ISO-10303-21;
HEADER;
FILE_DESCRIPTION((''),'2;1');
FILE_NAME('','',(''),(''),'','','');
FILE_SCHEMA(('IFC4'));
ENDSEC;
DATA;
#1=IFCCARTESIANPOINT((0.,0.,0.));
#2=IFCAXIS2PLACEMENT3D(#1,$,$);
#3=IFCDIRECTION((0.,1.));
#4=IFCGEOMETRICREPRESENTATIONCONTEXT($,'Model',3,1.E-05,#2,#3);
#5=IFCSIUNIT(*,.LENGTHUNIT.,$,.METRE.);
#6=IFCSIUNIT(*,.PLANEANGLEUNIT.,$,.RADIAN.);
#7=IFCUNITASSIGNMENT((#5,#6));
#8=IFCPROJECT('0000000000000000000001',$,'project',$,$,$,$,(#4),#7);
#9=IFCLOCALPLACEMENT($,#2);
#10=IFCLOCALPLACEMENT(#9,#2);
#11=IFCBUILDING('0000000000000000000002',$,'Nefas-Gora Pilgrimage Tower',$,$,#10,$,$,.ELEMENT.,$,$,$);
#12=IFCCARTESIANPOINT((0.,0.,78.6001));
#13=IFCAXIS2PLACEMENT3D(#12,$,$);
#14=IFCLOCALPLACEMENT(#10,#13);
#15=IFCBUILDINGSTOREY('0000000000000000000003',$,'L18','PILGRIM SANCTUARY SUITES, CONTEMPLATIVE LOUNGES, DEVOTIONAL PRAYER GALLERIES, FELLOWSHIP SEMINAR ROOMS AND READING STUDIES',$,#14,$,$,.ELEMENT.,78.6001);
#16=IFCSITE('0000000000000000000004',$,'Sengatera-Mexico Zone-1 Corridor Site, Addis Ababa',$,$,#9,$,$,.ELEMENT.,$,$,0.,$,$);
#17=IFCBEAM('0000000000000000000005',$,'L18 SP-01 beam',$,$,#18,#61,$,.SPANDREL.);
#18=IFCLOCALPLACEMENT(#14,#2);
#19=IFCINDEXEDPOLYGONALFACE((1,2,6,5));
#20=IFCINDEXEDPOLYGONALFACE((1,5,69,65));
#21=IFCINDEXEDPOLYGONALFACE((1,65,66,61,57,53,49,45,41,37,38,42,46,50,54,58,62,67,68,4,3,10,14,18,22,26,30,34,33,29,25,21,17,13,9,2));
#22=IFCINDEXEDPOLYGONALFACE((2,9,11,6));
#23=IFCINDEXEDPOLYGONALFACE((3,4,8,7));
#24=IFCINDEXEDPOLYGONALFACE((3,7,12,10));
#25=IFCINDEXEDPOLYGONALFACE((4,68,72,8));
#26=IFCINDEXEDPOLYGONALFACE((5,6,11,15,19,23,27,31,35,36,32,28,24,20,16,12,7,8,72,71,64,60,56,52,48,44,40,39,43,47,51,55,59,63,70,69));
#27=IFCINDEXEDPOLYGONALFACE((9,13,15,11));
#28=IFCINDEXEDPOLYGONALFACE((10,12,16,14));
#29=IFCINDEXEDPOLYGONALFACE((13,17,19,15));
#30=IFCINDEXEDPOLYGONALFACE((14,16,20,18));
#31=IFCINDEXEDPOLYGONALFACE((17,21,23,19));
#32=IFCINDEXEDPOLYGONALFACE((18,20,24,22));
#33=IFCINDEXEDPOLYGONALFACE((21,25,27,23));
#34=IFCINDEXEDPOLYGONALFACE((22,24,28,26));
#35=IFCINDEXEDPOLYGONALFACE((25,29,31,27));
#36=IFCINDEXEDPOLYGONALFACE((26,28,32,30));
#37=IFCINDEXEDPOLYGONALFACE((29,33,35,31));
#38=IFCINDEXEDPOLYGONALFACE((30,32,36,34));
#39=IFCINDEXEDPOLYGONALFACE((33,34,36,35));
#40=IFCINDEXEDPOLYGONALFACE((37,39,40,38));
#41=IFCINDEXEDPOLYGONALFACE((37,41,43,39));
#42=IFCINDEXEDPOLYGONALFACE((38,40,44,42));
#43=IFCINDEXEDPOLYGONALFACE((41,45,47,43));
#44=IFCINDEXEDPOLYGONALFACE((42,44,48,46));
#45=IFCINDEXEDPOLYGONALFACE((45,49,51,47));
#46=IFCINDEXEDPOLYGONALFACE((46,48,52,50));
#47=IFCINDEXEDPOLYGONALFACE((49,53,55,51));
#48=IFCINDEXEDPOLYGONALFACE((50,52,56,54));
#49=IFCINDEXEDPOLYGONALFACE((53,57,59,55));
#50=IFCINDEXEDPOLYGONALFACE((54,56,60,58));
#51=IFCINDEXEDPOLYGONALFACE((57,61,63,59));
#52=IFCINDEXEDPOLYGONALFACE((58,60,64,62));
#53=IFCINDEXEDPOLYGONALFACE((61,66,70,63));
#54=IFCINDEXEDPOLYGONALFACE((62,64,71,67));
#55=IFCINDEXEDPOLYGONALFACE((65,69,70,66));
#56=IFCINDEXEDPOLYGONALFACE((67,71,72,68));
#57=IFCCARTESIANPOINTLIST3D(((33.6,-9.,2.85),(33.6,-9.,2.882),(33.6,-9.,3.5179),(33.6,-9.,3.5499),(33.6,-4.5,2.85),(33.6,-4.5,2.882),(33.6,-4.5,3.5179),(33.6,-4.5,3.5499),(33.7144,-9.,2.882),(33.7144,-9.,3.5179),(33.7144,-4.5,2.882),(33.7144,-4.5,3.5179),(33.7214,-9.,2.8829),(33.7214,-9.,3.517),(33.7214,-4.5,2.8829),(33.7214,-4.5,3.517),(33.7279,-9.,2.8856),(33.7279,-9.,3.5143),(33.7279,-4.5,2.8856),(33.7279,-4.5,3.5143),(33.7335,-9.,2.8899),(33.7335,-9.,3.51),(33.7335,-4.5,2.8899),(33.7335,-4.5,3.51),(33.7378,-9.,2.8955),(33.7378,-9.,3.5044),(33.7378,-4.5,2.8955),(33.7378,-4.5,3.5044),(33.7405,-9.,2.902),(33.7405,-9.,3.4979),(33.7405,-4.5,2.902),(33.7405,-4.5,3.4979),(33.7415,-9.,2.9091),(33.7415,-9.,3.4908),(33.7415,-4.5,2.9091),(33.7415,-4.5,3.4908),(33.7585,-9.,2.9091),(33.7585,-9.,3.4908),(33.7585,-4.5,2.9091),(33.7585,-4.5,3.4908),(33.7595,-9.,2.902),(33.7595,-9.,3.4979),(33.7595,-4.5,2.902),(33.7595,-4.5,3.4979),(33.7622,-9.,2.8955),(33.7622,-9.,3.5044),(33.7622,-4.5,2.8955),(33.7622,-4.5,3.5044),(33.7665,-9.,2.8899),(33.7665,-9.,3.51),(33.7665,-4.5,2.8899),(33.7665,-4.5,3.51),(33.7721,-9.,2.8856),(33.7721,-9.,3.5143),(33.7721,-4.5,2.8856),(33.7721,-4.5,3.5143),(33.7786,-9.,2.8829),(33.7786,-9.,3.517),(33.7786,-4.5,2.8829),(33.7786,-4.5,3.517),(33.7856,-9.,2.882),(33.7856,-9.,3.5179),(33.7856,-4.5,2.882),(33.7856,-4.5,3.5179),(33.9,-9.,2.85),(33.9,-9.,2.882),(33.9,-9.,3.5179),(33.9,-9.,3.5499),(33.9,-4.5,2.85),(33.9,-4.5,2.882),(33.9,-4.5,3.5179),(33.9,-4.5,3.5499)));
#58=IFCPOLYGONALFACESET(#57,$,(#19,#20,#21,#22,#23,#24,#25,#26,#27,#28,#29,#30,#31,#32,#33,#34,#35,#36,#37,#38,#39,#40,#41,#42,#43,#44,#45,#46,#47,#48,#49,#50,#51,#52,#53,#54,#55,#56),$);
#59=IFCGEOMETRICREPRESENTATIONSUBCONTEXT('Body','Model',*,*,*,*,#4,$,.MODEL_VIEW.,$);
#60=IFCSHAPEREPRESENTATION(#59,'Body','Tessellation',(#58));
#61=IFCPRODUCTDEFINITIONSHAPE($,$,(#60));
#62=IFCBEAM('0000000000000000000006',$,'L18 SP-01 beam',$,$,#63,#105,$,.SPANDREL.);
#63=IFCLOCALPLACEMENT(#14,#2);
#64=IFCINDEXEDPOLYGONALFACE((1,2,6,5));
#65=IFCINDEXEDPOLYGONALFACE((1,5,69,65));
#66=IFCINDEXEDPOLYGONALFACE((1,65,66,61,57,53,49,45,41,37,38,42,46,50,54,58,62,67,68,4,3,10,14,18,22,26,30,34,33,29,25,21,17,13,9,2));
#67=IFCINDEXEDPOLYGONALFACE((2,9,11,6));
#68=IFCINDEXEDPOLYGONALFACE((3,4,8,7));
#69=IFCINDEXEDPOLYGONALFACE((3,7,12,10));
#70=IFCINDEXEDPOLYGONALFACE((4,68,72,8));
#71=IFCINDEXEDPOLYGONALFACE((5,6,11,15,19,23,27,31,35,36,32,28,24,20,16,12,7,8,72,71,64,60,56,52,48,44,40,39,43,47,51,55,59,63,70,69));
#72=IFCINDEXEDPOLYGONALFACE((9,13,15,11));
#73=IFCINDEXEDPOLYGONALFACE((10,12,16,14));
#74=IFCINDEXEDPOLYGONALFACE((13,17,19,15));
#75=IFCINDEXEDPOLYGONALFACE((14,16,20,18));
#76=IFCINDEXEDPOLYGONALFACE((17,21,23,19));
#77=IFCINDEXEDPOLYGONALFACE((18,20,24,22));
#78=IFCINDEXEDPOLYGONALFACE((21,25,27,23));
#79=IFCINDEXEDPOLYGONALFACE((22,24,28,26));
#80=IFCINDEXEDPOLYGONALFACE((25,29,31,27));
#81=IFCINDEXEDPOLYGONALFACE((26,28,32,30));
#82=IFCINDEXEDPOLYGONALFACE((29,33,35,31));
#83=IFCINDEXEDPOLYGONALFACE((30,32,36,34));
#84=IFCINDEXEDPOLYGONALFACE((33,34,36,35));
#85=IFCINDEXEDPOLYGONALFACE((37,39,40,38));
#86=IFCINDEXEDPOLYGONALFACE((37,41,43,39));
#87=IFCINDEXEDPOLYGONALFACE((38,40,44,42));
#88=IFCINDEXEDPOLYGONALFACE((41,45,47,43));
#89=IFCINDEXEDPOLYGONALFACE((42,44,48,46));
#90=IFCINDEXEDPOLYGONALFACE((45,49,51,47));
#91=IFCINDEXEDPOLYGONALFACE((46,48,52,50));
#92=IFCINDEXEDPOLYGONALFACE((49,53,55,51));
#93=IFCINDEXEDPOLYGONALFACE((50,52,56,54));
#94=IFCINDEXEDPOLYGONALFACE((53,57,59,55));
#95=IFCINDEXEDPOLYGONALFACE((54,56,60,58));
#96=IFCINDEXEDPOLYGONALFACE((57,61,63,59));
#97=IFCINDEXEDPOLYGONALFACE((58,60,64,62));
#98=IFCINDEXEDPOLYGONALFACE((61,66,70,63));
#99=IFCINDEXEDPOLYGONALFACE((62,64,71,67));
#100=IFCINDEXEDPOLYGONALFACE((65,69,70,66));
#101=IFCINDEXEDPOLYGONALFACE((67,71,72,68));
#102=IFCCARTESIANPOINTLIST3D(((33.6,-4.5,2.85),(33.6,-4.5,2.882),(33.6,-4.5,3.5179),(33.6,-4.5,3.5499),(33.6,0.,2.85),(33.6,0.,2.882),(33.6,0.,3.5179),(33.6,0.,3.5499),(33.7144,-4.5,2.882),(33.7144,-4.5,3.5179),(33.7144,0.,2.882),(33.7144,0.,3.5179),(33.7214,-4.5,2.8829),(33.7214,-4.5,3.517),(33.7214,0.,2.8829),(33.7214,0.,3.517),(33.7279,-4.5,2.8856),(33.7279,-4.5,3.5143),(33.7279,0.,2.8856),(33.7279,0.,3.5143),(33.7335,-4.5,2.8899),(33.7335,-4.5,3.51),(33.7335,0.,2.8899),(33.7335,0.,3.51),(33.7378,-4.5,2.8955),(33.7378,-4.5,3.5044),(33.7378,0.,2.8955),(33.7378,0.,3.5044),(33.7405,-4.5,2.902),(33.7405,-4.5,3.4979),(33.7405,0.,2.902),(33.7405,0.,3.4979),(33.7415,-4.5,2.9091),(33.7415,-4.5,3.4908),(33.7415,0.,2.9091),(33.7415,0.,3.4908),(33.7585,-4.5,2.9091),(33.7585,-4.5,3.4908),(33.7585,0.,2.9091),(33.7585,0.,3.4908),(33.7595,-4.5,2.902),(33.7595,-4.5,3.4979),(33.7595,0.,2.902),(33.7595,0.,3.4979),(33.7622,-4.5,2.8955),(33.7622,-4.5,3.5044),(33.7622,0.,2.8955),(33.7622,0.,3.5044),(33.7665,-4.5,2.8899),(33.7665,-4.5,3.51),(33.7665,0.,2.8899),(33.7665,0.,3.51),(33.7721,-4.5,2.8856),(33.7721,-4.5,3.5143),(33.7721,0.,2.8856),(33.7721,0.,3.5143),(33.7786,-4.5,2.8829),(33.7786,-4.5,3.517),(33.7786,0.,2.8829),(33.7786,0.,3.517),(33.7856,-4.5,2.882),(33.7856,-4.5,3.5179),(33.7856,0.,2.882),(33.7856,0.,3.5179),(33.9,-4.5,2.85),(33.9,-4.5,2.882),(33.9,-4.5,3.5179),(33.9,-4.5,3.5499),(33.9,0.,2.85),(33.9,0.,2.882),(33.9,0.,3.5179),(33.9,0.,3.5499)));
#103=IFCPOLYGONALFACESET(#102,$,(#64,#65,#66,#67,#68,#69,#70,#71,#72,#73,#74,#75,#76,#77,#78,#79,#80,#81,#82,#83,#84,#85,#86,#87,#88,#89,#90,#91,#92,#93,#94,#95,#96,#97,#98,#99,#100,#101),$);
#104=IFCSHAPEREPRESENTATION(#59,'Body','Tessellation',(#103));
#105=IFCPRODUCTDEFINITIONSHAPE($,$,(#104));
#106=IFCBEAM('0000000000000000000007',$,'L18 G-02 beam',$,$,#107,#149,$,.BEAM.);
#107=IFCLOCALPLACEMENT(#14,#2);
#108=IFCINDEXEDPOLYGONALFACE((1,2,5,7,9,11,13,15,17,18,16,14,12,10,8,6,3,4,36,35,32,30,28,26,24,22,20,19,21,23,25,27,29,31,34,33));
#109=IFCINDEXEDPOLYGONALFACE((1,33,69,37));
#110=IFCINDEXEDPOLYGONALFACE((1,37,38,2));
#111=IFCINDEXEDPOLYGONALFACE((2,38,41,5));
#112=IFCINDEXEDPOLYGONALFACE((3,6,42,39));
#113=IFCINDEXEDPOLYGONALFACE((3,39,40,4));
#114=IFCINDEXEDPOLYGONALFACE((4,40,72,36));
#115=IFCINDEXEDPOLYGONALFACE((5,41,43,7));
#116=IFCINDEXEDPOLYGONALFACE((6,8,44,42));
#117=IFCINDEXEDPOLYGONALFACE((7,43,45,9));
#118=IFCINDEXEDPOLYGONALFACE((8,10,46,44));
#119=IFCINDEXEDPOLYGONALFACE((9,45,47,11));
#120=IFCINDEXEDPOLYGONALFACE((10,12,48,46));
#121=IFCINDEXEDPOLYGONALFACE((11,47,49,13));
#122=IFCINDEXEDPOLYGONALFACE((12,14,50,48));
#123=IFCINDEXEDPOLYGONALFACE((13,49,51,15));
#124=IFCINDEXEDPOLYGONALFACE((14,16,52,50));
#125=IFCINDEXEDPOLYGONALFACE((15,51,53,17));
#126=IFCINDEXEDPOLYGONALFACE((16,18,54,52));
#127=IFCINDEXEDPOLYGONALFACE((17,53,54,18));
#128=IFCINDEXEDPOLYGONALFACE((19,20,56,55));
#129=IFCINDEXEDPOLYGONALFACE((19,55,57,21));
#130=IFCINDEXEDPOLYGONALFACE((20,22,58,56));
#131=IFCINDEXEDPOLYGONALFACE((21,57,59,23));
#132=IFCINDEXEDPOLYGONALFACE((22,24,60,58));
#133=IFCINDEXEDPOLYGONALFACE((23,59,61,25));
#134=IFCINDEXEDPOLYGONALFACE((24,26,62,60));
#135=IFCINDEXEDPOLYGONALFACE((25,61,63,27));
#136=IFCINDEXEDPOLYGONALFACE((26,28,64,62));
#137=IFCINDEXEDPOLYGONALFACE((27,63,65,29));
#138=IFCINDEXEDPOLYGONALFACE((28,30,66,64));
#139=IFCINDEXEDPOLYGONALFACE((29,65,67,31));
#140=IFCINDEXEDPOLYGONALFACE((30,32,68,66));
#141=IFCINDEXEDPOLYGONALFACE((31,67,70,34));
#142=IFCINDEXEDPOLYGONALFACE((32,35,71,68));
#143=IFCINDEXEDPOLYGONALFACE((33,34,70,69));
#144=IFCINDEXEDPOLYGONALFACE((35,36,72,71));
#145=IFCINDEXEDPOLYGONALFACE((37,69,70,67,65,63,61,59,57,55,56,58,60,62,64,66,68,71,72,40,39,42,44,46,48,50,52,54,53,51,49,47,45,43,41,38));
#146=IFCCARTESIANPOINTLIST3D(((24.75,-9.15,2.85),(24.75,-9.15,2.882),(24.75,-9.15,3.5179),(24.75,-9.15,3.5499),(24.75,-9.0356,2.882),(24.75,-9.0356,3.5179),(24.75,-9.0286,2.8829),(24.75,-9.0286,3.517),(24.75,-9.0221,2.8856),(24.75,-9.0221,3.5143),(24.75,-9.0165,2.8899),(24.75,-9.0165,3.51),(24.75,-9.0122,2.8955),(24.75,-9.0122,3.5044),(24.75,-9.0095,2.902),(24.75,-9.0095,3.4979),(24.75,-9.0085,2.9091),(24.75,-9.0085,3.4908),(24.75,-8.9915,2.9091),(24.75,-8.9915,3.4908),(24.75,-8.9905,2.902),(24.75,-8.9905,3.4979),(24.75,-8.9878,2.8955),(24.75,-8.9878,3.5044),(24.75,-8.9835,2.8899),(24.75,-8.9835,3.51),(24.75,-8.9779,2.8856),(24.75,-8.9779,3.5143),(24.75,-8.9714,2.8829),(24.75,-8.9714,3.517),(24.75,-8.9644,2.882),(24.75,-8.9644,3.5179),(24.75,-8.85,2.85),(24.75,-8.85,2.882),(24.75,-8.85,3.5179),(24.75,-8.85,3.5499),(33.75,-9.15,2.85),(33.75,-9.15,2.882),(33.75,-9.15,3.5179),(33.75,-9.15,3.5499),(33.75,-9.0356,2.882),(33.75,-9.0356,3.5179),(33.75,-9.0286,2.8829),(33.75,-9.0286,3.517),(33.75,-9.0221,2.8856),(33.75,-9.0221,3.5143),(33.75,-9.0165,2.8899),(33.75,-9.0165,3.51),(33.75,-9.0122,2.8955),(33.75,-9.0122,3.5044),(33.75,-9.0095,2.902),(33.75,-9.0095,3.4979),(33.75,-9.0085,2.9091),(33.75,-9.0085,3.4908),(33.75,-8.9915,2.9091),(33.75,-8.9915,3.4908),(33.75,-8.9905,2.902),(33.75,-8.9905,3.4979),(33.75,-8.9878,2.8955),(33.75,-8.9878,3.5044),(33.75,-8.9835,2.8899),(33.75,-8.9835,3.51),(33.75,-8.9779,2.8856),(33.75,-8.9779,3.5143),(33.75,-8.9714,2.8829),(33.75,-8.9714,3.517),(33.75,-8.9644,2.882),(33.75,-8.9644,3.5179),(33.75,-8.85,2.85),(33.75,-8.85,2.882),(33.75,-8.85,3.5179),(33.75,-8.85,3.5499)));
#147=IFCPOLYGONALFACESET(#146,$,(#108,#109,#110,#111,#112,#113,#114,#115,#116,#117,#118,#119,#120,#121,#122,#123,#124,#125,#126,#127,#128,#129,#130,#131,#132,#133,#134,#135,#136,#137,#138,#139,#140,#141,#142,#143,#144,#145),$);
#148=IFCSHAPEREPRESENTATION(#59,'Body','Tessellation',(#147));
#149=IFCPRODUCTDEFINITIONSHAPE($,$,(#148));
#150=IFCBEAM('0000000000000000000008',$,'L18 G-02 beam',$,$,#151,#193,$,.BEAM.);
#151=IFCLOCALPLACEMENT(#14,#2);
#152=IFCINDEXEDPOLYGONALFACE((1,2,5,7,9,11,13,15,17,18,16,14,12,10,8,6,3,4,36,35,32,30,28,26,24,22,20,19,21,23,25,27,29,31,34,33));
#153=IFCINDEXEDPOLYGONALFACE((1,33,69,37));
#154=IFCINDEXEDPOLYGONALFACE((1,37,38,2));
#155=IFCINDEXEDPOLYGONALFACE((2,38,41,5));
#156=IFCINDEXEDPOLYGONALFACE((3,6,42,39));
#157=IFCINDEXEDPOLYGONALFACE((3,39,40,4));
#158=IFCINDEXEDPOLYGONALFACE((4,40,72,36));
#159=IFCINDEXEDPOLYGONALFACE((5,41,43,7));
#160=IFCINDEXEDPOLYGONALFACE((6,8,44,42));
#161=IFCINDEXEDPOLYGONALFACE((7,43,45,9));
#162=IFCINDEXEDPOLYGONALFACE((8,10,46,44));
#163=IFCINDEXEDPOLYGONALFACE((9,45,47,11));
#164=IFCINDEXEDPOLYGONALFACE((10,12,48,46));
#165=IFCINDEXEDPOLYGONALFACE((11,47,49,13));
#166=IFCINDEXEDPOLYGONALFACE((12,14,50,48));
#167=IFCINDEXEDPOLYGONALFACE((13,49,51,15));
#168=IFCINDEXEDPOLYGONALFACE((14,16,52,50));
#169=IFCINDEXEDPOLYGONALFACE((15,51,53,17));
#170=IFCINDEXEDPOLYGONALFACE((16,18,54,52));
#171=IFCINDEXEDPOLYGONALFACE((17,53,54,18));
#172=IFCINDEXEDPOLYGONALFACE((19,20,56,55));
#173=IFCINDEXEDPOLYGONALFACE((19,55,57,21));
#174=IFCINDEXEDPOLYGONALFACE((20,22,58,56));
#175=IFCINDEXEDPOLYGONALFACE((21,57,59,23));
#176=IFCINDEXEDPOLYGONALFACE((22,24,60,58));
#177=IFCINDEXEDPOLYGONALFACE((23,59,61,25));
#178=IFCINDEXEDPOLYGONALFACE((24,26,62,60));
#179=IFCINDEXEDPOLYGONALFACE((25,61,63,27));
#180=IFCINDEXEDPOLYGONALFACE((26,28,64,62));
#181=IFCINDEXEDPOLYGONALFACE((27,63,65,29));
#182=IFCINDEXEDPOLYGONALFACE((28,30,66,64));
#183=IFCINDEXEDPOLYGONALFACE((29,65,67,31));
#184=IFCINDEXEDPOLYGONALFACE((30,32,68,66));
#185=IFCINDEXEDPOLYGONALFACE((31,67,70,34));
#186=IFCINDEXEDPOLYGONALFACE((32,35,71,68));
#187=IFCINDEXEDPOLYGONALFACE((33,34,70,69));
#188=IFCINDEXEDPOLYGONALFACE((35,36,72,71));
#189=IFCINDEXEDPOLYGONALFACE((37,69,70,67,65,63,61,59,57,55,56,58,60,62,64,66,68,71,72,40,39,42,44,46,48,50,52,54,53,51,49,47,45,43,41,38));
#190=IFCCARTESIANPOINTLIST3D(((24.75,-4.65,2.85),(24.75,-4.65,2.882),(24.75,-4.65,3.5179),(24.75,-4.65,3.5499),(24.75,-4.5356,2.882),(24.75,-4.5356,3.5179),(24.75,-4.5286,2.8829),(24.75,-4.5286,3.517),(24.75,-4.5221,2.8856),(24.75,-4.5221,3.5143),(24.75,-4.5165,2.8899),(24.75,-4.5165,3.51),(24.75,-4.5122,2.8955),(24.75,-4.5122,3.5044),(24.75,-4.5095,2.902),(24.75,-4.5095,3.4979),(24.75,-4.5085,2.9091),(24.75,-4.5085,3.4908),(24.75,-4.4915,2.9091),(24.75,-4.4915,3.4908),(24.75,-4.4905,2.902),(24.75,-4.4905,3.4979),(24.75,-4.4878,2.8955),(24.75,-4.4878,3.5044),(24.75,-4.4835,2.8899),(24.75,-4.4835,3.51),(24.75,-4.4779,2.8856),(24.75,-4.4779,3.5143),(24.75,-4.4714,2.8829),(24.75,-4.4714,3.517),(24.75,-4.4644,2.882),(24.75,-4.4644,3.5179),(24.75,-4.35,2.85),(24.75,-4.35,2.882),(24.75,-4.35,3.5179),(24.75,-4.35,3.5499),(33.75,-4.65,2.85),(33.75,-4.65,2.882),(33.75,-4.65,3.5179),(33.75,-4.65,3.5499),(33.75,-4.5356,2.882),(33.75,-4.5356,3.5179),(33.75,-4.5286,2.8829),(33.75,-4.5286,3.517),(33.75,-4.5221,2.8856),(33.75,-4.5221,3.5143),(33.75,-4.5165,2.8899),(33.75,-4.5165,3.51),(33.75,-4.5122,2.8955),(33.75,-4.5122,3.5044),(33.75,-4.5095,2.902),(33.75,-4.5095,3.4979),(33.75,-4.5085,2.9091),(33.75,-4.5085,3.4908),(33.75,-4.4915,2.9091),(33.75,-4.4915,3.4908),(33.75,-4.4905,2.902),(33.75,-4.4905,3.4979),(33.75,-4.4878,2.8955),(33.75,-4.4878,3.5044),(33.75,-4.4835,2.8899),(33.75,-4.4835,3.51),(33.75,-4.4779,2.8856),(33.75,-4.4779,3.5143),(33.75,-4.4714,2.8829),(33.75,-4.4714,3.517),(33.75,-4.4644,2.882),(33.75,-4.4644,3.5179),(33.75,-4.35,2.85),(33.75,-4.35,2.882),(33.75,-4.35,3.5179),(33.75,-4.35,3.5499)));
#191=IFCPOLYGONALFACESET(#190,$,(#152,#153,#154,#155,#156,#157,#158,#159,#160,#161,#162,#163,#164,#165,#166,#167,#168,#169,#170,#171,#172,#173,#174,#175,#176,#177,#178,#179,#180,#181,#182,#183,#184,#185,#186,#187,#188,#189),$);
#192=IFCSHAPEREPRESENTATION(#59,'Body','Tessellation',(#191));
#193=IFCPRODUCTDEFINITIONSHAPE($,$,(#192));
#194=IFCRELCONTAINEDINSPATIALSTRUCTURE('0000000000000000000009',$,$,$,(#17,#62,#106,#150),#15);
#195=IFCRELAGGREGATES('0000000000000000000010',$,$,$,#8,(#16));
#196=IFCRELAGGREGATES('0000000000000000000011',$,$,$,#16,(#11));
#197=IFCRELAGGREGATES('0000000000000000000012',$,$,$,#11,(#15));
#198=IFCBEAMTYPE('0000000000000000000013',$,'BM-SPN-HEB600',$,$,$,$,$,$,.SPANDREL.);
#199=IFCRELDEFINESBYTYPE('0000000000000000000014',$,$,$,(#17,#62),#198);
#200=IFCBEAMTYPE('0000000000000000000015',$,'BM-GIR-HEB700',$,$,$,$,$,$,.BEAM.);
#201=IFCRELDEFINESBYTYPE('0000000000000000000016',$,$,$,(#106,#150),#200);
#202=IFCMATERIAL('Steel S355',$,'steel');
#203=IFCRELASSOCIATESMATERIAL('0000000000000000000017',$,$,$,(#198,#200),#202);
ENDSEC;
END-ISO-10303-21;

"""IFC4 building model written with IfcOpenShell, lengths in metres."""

from ifc_helpers import new_model, si_unit, direction, frame, origin, origin_2d, place, context, subcontext, project, spatial, i_section, extrude, source, transform, mapped, material, material_profile, profile_set, type_object, element, save


model = new_model("IFC4")

# Units and contexts
model_context = context("Model", 3, precision=1e-05, world=origin(), true_north=direction((0.0, 1.0)))
body_context = subcontext(model_context, "Body", "Model", "MODEL_VIEW")
ifc_project = project(units=[si_unit("LENGTHUNIT", "METRE"), si_unit("PLANEANGLEUNIT", "RADIAN")], contexts=[model_context])

# Site, building, storey
site_placement = place(None, origin())
site = spatial("IfcSite", under=ifc_project, at=site_placement, Name="Sengatera-Mexico Zone-1 Corridor Site, Addis Ababa", CompositionType="ELEMENT", RefElevation=0.0)
building_placement = place(site_placement, origin())
building = spatial("IfcBuilding", under=site, at=building_placement, Name="Nefas-Gora Pilgrimage Tower", CompositionType="ELEMENT")
storey_placement = place(building_placement, frame((0.0, 0.0, 78.6001)))
storey = spatial("IfcBuildingStorey", under=building, at=storey_placement, Name="L18", Description="PILGRIM SANCTUARY SUITES, CONTEMPLATIVE LOUNGES, DEVOTIONAL PRAYER GALLERIES, FELLOWSHIP SEMINAR ROOMS AND READING STUDIES", CompositionType="ELEMENT", Elevation=78.6001)

# Beams
ifc_material_1 = material(Name="Steel S355", Category="steel")
ifc_material_profile_1 = material_profile(ifc_material_1, i_section(OverallWidth=0.3, OverallDepth=0.7, WebThickness=0.0171, FlangeThickness=0.032, FilletRadius=0.0271, at=origin_2d()), Name="HEB 700")
ifc_profile_set_1 = profile_set([ifc_material_profile_1], Name="Steel S355")
beam_type_1 = type_object("IfcBeamType", Name="BM-SPN-HEB600", PredefinedType="SPANDREL", material=ifc_profile_set_1)
shared_shape_1 = source(origin(), body_context, "Body", "SweptSolid", [
    extrude(i_section(OverallWidth=0.3, OverallDepth=0.7, WebThickness=0.0171, FlangeThickness=0.032, FilletRadius=0.0271, at=origin_2d()), origin(), (0.0, 0.0, 1.0), 4.5),
])
for number, where, z_axis, x_axis, name in (
    (1, (33.75, -9.0, 3.2), (0.0, 1.0, 0.0), (-1.0, 0.0, 0.0), "L18 SP-01 beam"),
    (2, (33.75, -4.5, 3.2), (0.0, 1.0, 0.0), (-1.0, 0.0, 0.0), "L18 SP-01 beam"),
):
    element("IfcBeam", number, at=place(storey_placement, frame(where, z_axis=z_axis, x_axis=x_axis)), inside=storey, type_object=beam_type_1, Name=name, PredefinedType="SPANDREL", context=body_context, shape_type="MappedRepresentation", body=[
        mapped(shared_shape_1, transform((0.0, 0.0, 0.0), x_axis=(1.0, 0.0, 0.0), y_axis=(0.0, 1.0, 0.0), z_axis=(0.0, 0.0, 1.0), scale=1.0)),
    ])
ifc_material_profile_2 = material_profile(ifc_material_1, i_section(OverallWidth=0.3, OverallDepth=0.7, WebThickness=0.0171, FlangeThickness=0.032, FilletRadius=0.0271, at=origin_2d()), Name="HEB 700")
ifc_profile_set_2 = profile_set([ifc_material_profile_2], Name="Steel S355")
beam_type_2 = type_object("IfcBeamType", Name="BM-GIR-HEB700", PredefinedType="BEAM", material=ifc_profile_set_2)
shared_shape_2 = source(origin(), body_context, "Body", "SweptSolid", [
    extrude(i_section(OverallWidth=0.3, OverallDepth=0.7, WebThickness=0.0171, FlangeThickness=0.032, FilletRadius=0.0271, at=origin_2d()), origin(), (0.0, 0.0, 1.0), 9.0),
])
for number, where, z_axis, x_axis, name in (
    (3, (24.75, -9.0, 3.2), (1.0, 0.0, 0.0), (0.0, 1.0, 0.0), "L18 G-02 beam"),
    (4, (24.75, -4.5, 3.2), (1.0, 0.0, 0.0), (0.0, 1.0, 0.0), "L18 G-02 beam"),
):
    element("IfcBeam", number, at=place(storey_placement, frame(where, z_axis=z_axis, x_axis=x_axis)), inside=storey, type_object=beam_type_2, Name=name, PredefinedType="BEAM", context=body_context, shape_type="MappedRepresentation", body=[
        mapped(shared_shape_2, transform((0.0, 0.0, 0.0), x_axis=(1.0, 0.0, 0.0), y_axis=(0.0, 1.0, 0.0), z_axis=(0.0, 0.0, 1.0), scale=1.0)),
    ])

save(model, "model.ifc")
